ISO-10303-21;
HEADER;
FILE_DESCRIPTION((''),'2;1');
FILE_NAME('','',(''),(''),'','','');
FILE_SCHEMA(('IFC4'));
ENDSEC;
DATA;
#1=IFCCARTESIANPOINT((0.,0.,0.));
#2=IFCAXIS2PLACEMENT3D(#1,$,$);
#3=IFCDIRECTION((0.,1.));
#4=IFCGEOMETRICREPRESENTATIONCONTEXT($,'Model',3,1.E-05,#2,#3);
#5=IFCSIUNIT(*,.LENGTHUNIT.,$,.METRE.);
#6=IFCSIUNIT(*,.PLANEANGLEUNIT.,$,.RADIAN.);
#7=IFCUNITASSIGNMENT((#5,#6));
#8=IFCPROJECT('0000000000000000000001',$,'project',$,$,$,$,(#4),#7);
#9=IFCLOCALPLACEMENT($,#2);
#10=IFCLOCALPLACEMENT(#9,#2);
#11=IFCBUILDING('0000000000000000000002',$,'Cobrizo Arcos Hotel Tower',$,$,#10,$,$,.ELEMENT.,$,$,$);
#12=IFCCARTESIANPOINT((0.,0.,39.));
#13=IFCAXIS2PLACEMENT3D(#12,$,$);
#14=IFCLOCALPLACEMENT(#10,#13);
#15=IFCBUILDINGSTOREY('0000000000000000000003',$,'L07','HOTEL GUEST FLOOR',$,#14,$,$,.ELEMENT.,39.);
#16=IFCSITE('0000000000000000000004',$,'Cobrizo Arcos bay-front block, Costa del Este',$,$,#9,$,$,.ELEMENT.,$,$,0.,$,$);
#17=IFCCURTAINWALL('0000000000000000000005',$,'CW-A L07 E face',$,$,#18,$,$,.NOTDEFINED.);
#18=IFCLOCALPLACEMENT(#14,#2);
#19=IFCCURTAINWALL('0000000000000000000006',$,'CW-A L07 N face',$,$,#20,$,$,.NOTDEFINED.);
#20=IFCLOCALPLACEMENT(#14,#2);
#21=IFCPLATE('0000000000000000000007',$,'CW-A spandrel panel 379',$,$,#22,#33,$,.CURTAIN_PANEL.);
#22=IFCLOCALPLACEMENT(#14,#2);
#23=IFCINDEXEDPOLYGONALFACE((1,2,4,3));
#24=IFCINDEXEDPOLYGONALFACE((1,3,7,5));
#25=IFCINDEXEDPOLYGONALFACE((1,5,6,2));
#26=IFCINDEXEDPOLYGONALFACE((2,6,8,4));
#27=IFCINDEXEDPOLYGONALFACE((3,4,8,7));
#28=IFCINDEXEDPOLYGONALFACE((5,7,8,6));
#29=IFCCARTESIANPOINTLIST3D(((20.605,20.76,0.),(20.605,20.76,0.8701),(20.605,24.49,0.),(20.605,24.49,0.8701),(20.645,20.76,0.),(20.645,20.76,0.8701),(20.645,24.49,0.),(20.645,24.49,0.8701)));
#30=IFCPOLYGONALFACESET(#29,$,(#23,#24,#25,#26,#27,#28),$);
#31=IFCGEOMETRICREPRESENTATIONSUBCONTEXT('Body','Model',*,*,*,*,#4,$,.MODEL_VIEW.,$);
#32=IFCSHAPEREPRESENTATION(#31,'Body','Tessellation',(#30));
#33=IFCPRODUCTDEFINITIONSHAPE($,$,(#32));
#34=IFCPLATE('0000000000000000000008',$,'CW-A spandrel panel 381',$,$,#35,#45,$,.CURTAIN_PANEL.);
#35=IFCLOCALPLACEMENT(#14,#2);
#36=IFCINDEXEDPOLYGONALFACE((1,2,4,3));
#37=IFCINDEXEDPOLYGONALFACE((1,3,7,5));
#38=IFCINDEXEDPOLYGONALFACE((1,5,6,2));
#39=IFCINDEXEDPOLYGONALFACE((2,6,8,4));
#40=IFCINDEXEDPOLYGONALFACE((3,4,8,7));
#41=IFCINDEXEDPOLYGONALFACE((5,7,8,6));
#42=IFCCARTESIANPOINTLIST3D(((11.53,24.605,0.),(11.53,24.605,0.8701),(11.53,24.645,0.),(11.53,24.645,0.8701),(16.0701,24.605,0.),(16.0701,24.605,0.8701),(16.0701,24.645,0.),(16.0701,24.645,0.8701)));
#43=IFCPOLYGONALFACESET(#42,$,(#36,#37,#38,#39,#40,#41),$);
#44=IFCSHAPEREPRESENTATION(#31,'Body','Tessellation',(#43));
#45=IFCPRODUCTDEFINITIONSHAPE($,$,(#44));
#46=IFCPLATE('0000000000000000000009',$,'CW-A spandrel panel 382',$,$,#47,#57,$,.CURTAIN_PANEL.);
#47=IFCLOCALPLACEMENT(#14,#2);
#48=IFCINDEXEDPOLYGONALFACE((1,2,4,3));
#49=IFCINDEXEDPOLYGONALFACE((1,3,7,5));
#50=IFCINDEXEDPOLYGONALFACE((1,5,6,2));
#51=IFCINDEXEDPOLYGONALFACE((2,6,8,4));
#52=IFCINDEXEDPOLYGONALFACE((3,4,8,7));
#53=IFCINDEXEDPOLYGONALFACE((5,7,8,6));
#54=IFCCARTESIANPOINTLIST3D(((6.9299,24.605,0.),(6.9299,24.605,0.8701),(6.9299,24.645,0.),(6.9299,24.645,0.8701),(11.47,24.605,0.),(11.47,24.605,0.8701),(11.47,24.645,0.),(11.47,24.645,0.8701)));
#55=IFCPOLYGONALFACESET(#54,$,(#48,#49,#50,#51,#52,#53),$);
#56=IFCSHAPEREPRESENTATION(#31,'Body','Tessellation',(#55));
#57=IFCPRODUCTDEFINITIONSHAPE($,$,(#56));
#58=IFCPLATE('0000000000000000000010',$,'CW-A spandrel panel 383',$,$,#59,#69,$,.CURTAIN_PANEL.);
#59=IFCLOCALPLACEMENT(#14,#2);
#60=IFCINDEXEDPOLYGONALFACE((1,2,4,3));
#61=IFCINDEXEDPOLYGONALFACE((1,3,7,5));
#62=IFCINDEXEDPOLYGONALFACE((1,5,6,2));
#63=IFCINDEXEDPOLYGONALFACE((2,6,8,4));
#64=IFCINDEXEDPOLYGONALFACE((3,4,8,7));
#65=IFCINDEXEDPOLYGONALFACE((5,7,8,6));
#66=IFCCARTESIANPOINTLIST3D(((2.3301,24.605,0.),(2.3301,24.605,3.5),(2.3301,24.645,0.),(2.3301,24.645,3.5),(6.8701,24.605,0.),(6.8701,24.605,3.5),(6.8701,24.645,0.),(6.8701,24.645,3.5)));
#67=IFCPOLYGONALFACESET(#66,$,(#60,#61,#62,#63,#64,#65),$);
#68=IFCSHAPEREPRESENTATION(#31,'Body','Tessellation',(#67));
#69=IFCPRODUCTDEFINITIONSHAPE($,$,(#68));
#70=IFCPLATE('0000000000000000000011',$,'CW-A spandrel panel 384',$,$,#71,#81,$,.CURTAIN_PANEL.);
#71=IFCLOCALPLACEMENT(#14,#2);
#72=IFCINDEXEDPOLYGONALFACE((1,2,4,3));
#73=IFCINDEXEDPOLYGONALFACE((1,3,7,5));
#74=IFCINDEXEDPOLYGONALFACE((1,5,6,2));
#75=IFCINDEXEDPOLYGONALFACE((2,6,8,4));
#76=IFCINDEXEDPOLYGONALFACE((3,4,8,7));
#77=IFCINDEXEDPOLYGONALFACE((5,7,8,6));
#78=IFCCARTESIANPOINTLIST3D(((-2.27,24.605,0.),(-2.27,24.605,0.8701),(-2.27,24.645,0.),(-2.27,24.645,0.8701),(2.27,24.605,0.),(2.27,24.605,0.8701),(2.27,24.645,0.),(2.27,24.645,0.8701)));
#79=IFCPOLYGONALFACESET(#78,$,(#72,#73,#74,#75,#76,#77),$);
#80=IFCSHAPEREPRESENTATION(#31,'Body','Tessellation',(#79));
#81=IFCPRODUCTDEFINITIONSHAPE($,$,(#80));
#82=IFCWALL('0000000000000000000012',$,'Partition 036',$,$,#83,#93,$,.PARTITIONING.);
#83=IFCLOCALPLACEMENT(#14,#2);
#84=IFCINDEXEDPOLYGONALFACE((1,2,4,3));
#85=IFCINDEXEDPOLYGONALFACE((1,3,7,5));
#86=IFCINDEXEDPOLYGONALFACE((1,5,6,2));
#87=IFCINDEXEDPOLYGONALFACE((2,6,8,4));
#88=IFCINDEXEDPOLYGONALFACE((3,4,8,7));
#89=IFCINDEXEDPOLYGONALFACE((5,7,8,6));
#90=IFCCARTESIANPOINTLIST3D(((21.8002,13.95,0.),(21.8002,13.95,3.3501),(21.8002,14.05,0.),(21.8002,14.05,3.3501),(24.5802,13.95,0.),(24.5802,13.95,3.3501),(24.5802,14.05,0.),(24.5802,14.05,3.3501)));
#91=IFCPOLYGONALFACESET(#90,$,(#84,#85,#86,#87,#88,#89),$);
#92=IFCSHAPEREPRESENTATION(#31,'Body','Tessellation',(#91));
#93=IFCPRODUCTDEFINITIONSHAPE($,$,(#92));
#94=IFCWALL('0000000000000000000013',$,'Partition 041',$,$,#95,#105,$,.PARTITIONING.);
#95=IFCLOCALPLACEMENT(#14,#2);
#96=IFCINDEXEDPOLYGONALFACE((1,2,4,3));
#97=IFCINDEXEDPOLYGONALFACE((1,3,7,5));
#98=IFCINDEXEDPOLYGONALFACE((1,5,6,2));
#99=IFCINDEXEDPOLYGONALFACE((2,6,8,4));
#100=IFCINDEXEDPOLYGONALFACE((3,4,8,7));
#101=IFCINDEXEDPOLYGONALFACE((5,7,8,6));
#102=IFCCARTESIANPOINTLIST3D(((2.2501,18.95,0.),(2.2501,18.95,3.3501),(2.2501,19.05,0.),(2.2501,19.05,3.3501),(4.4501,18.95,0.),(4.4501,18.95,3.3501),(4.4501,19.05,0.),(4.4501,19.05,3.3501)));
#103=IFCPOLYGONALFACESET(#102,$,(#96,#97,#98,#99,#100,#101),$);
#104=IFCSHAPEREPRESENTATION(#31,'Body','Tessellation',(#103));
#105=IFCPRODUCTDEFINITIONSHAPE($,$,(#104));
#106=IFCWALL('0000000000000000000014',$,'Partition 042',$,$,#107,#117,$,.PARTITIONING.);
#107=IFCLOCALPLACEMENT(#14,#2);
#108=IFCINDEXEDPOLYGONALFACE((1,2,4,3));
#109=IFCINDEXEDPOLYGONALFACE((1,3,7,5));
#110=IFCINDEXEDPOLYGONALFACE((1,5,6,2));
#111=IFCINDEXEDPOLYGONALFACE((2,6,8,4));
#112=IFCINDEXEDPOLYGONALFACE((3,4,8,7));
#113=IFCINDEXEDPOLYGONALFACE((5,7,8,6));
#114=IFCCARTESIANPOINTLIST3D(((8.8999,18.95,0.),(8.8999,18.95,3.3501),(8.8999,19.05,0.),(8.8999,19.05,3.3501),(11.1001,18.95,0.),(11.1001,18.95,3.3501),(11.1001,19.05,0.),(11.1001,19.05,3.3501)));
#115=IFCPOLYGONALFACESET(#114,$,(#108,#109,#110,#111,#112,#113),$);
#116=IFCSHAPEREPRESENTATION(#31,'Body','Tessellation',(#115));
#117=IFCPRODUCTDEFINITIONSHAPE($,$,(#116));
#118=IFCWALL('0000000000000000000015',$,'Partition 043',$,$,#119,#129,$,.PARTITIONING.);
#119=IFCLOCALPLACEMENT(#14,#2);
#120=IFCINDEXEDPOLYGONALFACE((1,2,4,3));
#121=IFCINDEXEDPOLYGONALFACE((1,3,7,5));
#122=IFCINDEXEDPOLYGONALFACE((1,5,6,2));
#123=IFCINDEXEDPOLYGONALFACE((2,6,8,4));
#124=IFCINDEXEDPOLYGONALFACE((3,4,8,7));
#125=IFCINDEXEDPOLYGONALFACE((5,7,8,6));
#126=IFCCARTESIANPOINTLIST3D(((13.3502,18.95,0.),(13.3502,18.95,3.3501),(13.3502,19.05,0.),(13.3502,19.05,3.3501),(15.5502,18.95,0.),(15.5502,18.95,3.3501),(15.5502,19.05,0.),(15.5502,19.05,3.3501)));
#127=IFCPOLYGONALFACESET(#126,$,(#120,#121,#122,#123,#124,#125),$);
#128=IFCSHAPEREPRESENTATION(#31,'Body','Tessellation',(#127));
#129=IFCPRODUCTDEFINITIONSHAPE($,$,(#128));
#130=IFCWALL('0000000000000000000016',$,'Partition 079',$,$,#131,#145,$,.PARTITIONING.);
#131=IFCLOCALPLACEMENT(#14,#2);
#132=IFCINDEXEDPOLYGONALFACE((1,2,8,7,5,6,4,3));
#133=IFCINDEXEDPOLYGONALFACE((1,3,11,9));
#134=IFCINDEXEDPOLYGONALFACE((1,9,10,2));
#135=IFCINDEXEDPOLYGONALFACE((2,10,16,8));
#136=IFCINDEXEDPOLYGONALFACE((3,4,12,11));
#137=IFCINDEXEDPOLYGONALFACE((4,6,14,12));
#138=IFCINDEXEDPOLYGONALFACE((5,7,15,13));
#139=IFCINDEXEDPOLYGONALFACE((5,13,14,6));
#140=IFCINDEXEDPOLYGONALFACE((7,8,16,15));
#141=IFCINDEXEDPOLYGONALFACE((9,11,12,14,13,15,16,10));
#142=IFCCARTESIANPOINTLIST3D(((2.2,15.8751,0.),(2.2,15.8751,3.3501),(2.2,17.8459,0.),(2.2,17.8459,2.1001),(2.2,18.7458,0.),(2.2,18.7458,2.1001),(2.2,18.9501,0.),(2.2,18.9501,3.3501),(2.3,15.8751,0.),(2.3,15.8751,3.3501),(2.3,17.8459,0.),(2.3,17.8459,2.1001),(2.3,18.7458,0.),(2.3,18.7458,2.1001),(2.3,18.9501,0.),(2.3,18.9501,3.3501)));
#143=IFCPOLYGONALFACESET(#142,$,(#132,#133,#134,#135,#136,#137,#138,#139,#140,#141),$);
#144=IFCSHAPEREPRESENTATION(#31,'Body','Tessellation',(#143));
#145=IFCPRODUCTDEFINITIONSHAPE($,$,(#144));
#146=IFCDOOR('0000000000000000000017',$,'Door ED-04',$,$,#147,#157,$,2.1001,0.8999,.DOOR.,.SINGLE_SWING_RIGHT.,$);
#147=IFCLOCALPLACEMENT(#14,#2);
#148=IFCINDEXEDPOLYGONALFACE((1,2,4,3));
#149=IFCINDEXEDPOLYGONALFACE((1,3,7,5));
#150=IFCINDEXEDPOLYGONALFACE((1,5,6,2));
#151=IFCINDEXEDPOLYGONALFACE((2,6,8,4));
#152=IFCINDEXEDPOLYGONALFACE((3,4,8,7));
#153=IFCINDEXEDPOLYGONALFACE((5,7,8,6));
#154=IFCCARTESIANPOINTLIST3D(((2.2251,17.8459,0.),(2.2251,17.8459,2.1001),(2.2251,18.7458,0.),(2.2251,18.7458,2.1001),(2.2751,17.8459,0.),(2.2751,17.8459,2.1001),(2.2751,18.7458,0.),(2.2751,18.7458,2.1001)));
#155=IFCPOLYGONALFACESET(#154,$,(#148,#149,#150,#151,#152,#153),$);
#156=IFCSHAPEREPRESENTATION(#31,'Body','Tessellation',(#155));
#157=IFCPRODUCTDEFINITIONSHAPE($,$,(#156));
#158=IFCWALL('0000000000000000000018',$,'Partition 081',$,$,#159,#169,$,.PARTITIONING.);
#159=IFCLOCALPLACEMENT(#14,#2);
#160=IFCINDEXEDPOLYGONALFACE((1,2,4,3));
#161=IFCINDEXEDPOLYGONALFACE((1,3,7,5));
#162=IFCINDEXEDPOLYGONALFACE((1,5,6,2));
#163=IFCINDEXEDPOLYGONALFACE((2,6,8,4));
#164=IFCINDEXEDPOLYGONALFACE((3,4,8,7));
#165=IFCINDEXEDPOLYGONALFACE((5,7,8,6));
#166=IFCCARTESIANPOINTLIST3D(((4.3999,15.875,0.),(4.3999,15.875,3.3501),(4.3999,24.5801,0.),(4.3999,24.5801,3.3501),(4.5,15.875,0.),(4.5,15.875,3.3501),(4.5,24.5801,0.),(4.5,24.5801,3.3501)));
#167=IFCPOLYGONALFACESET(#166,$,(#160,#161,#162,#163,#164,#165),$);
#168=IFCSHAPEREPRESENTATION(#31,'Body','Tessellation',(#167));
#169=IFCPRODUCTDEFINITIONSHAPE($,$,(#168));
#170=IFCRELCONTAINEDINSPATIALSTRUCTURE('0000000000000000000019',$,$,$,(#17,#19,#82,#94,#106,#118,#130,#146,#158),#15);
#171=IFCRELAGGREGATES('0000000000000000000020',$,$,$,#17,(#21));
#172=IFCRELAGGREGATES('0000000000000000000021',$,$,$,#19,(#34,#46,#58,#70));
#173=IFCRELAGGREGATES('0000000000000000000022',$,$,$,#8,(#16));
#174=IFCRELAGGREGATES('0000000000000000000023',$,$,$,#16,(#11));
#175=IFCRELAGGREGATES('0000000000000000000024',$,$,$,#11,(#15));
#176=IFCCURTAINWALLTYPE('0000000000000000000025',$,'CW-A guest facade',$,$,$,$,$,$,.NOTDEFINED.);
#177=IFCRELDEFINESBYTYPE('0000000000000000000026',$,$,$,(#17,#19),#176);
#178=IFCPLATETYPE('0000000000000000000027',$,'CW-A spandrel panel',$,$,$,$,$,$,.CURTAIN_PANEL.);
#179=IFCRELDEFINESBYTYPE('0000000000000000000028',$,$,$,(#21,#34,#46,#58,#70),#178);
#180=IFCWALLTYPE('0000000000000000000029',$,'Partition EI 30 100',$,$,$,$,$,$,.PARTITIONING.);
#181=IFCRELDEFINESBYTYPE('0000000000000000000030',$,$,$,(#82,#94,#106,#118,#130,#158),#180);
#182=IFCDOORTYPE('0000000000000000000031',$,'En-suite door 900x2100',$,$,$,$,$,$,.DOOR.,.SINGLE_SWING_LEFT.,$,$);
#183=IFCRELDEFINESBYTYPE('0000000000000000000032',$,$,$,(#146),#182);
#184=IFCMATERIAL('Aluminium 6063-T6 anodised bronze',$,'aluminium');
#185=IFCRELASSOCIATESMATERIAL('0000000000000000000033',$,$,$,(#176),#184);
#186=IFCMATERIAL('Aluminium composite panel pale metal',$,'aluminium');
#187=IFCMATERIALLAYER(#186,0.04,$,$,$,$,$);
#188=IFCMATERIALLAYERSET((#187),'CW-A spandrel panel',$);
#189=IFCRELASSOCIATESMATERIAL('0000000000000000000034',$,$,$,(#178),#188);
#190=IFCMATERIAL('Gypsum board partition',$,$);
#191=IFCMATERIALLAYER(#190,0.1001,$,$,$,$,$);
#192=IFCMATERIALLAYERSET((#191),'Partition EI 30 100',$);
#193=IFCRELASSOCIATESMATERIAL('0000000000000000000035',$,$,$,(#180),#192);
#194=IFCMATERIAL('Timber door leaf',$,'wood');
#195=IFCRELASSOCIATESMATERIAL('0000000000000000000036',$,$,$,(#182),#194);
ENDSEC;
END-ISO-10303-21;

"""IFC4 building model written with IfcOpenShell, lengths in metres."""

from ifc_helpers import new_model, si_unit, direction, frame, frame_2d, origin, origin_2d, place, context, subcontext, project, spatial, rectangle, extrude, material, layer, layer_set, type_object, element, fill, aggregate, save


model = new_model("IFC4")

# Units and contexts
model_context = context("Model", 3, precision=1e-05, world=origin(), true_north=direction((0.0, 1.0)))
body_context = subcontext(model_context, "Body", "Model", "MODEL_VIEW")
ifc_project = project(units=[si_unit("LENGTHUNIT", "METRE"), si_unit("PLANEANGLEUNIT", "RADIAN")], contexts=[model_context])

# Site, building, storey
site_placement = place(None, origin())
site = spatial("IfcSite", under=ifc_project, at=site_placement, Name="Cobrizo Arcos bay-front block, Costa del Este", CompositionType="ELEMENT", RefElevation=0.0)
building_placement = place(site_placement, origin())
building = spatial("IfcBuilding", under=site, at=building_placement, Name="Cobrizo Arcos Hotel Tower", CompositionType="ELEMENT")
storey_placement = place(building_placement, frame((0.0, 0.0, 39.0)))
storey = spatial("IfcBuildingStorey", under=building, at=storey_placement, Name="L07", Description="HOTEL GUEST FLOOR", CompositionType="ELEMENT", Elevation=39.0)

# Curtain walls
ifc_material_1 = material(Name="Aluminium 6063-T6 anodised bronze", Category="aluminium")
curtain_wall_type = type_object("IfcCurtainWallType", Name="CW-A guest facade", PredefinedType="NOTDEFINED", material=ifc_material_1)
curtain_wall_1_placement = place(storey_placement, origin())
curtain_wall_1 = element("IfcCurtainWall", 1, at=curtain_wall_1_placement, inside=storey, type_object=curtain_wall_type, Name="CW-A L07 E face", PredefinedType="NOTDEFINED")
curtain_wall_2_placement = place(storey_placement, origin())
curtain_wall_2 = element("IfcCurtainWall", 2, at=curtain_wall_2_placement, inside=storey, type_object=curtain_wall_type, Name="CW-A L07 N face", PredefinedType="NOTDEFINED")

# Plates
ifc_material_2 = material(Name="Aluminium composite panel pale metal", Category="aluminium")
ifc_layer_1 = layer(ifc_material_2, 0.04)
ifc_layer_set_1 = layer_set([ifc_layer_1], Name="CW-A spandrel panel")
plate_type = type_object("IfcPlateType", Name="CW-A spandrel panel", PredefinedType="CURTAIN_PANEL", material=ifc_layer_set_1)
plate_1_placement = place(storey_placement, frame((20.625, 22.625, 0.0), z_axis=(0.0, 0.0, 1.0), x_axis=(0.0, 1.0, 0.0)))
plate_1 = element("IfcPlate", 3, at=plate_1_placement, type_object=plate_type, Name="CW-A spandrel panel 379", PredefinedType="CURTAIN_PANEL", context=body_context, shape_type="SweptSolid", body=[
    extrude(rectangle(XDim=3.73, YDim=0.04, at=origin_2d()), origin(), (0.0, 0.0, 1.0), 0.8701),
])
aggregate(curtain_wall_1, [plate_1])
plate_2_placement = place(storey_placement, frame((13.8, 24.625, 0.0), z_axis=(0.0, 0.0, 1.0), x_axis=(-1.0, 0.0, 0.0)))
plate_2 = element("IfcPlate", 4, at=plate_2_placement, type_object=plate_type, Name="CW-A spandrel panel 381", PredefinedType="CURTAIN_PANEL", context=body_context, shape_type="SweptSolid", body=[
    extrude(rectangle(XDim=4.54, YDim=0.04, at=origin_2d()), origin(), (0.0, 0.0, 1.0), 0.8701),
])
plate_3_placement = place(storey_placement, frame((9.2, 24.625, 0.0), z_axis=(0.0, 0.0, 1.0), x_axis=(-1.0, 0.0, 0.0)))
plate_3 = element("IfcPlate", 5, at=plate_3_placement, type_object=plate_type, Name="CW-A spandrel panel 382", PredefinedType="CURTAIN_PANEL", context=body_context, shape_type="SweptSolid", body=[
    extrude(rectangle(XDim=4.54, YDim=0.04, at=origin_2d()), origin(), (0.0, 0.0, 1.0), 0.8701),
])
plate_4_placement = place(storey_placement, frame((4.6001, 24.625, 0.0), z_axis=(0.0, 0.0, 1.0), x_axis=(-1.0, 0.0, 0.0)))
plate_4 = element("IfcPlate", 6, at=plate_4_placement, type_object=plate_type, Name="CW-A spandrel panel 383", PredefinedType="CURTAIN_PANEL", context=body_context, shape_type="SweptSolid", body=[
    extrude(rectangle(XDim=4.54, YDim=0.04, at=origin_2d()), origin(), (0.0, 0.0, 1.0), 3.5),
])
plate_5_placement = place(storey_placement, frame((0.0, 24.625, 0.0), z_axis=(0.0, 0.0, 1.0), x_axis=(-1.0, 0.0, 0.0)))
plate_5 = element("IfcPlate", 7, at=plate_5_placement, type_object=plate_type, Name="CW-A spandrel panel 384", PredefinedType="CURTAIN_PANEL", context=body_context, shape_type="SweptSolid", body=[
    extrude(rectangle(XDim=4.54, YDim=0.04, at=origin_2d()), origin(), (0.0, 0.0, 1.0), 0.8701),
])
aggregate(curtain_wall_2, [plate_2, plate_3, plate_4, plate_5])

# Walls
ifc_material_3 = material(Name="Gypsum board partition")
ifc_layer_2 = layer(ifc_material_3, 0.1001)
ifc_layer_set_2 = layer_set([ifc_layer_2], Name="Partition EI 30 100")
wall_type = type_object("IfcWallType", Name="Partition EI 30 100", PredefinedType="PARTITIONING", material=ifc_layer_set_2)
wall_1_placement = place(storey_placement, frame((21.8, 14.0, 0.0), z_axis=(0.0, 0.0, 1.0), x_axis=(1.0, 0.0, 0.0)))
element("IfcWall", 8, at=wall_1_placement, inside=storey, type_object=wall_type, Name="Partition 036", PredefinedType="PARTITIONING", context=body_context, shape_type="SweptSolid", body=[
    extrude(rectangle(XDim=2.78, YDim=0.1001, at=frame_2d((1.3901, 0.0))), origin(), (0.0, 0.0, 1.0), 3.3501),
])
wall_2_placement = place(storey_placement, frame((2.25, 19.0, 0.0), z_axis=(0.0, 0.0, 1.0), x_axis=(1.0, 0.0, 0.0)))
element("IfcWall", 9, at=wall_2_placement, inside=storey, type_object=wall_type, Name="Partition 041", PredefinedType="PARTITIONING", context=body_context, shape_type="SweptSolid", body=[
    extrude(rectangle(XDim=2.2, YDim=0.1001, at=frame_2d((1.1001, 0.0))), origin(), (0.0, 0.0, 1.0), 3.3501),
])
wall_3_placement = place(storey_placement, frame((8.8999, 19.0, 0.0), z_axis=(0.0, 0.0, 1.0), x_axis=(1.0, 0.0, 0.0)))
element("IfcWall", 10, at=wall_3_placement, inside=storey, type_object=wall_type, Name="Partition 042", PredefinedType="PARTITIONING", context=body_context, shape_type="SweptSolid", body=[
    extrude(rectangle(XDim=2.2002, YDim=0.1001, at=frame_2d((1.1001, 0.0))), origin(), (0.0, 0.0, 1.0), 3.3501),
])
wall_4_placement = place(storey_placement, frame((13.3501, 19.0, 0.0), z_axis=(0.0, 0.0, 1.0), x_axis=(1.0, 0.0, 0.0)))
element("IfcWall", 11, at=wall_4_placement, inside=storey, type_object=wall_type, Name="Partition 043", PredefinedType="PARTITIONING", context=body_context, shape_type="SweptSolid", body=[
    extrude(rectangle(XDim=2.2, YDim=0.1001, at=frame_2d((1.1001, 0.0))), origin(), (0.0, 0.0, 1.0), 3.3501),
])

# Wall, opening, door
wall_5_placement = place(storey_placement, frame((2.25, 15.875, 0.0), z_axis=(0.0, 0.0, 1.0), x_axis=(0.0, 1.0, 0.0)))
wall_5 = element("IfcWall", 12, at=wall_5_placement, inside=storey, type_object=wall_type, Name="Partition 079", PredefinedType="PARTITIONING", context=body_context, shape_type="SweptSolid", body=[
    extrude(rectangle(XDim=3.075, YDim=0.1001, at=frame_2d((1.5376, 0.0))), origin(), (0.0, 0.0, 1.0), 3.3501),
])
opening_1_placement = place(wall_5_placement, frame((1.9709, 0.0, 0.0)))
opening_1 = element("IfcOpeningElement", 13, at=opening_1_placement, cuts=wall_5, PredefinedType="OPENING", context=body_context, shape_type="SweptSolid", body=[
    extrude(rectangle(XDim=0.8999, YDim=2.1001, at=frame_2d((0.45, 1.05))), frame((0.0, 0.062, 0.0), z_axis=(0.0, -1.0, 0.0), x_axis=(1.0, 0.0, 0.0)), (0.0, 0.0, 1.0), 0.124),
])
ifc_material_4 = material(Name="Timber door leaf", Category="wood")
door_type = type_object("IfcDoorType", Name="En-suite door 900x2100", OperationType="SINGLE_SWING_LEFT", PredefinedType="DOOR", material=ifc_material_4)
door_1_placement = place(opening_1_placement, origin())
door_1 = element("IfcDoor", 14, at=door_1_placement, inside=storey, type_object=door_type, Name="Door ED-04", OperationType="SINGLE_SWING_RIGHT", OverallHeight=2.1001, OverallWidth=0.8999, PredefinedType="DOOR", context=body_context, shape_type="SweptSolid", body=[
    extrude(rectangle(XDim=0.8999, YDim=2.1001, at=frame_2d((0.45, 1.05))), frame((0.0, 0.0249, 0.0), z_axis=(0.0, -1.0, 0.0), x_axis=(1.0, 0.0, 0.0)), (0.0, 0.0, 1.0), 0.05),
])
fill(opening_1, door_1)

# Wall
wall_6_placement = place(storey_placement, frame((4.45, 15.875, 0.0), z_axis=(0.0, 0.0, 1.0), x_axis=(0.0, 1.0, 0.0)))
element("IfcWall", 15, at=wall_6_placement, inside=storey, type_object=wall_type, Name="Partition 081", PredefinedType="PARTITIONING", context=body_context, shape_type="SweptSolid", body=[
    extrude(rectangle(XDim=8.7051, YDim=0.1001, at=frame_2d((4.3525, 0.0))), origin(), (0.0, 0.0, 1.0), 3.3501),
])

save(model, "model.ifc")
